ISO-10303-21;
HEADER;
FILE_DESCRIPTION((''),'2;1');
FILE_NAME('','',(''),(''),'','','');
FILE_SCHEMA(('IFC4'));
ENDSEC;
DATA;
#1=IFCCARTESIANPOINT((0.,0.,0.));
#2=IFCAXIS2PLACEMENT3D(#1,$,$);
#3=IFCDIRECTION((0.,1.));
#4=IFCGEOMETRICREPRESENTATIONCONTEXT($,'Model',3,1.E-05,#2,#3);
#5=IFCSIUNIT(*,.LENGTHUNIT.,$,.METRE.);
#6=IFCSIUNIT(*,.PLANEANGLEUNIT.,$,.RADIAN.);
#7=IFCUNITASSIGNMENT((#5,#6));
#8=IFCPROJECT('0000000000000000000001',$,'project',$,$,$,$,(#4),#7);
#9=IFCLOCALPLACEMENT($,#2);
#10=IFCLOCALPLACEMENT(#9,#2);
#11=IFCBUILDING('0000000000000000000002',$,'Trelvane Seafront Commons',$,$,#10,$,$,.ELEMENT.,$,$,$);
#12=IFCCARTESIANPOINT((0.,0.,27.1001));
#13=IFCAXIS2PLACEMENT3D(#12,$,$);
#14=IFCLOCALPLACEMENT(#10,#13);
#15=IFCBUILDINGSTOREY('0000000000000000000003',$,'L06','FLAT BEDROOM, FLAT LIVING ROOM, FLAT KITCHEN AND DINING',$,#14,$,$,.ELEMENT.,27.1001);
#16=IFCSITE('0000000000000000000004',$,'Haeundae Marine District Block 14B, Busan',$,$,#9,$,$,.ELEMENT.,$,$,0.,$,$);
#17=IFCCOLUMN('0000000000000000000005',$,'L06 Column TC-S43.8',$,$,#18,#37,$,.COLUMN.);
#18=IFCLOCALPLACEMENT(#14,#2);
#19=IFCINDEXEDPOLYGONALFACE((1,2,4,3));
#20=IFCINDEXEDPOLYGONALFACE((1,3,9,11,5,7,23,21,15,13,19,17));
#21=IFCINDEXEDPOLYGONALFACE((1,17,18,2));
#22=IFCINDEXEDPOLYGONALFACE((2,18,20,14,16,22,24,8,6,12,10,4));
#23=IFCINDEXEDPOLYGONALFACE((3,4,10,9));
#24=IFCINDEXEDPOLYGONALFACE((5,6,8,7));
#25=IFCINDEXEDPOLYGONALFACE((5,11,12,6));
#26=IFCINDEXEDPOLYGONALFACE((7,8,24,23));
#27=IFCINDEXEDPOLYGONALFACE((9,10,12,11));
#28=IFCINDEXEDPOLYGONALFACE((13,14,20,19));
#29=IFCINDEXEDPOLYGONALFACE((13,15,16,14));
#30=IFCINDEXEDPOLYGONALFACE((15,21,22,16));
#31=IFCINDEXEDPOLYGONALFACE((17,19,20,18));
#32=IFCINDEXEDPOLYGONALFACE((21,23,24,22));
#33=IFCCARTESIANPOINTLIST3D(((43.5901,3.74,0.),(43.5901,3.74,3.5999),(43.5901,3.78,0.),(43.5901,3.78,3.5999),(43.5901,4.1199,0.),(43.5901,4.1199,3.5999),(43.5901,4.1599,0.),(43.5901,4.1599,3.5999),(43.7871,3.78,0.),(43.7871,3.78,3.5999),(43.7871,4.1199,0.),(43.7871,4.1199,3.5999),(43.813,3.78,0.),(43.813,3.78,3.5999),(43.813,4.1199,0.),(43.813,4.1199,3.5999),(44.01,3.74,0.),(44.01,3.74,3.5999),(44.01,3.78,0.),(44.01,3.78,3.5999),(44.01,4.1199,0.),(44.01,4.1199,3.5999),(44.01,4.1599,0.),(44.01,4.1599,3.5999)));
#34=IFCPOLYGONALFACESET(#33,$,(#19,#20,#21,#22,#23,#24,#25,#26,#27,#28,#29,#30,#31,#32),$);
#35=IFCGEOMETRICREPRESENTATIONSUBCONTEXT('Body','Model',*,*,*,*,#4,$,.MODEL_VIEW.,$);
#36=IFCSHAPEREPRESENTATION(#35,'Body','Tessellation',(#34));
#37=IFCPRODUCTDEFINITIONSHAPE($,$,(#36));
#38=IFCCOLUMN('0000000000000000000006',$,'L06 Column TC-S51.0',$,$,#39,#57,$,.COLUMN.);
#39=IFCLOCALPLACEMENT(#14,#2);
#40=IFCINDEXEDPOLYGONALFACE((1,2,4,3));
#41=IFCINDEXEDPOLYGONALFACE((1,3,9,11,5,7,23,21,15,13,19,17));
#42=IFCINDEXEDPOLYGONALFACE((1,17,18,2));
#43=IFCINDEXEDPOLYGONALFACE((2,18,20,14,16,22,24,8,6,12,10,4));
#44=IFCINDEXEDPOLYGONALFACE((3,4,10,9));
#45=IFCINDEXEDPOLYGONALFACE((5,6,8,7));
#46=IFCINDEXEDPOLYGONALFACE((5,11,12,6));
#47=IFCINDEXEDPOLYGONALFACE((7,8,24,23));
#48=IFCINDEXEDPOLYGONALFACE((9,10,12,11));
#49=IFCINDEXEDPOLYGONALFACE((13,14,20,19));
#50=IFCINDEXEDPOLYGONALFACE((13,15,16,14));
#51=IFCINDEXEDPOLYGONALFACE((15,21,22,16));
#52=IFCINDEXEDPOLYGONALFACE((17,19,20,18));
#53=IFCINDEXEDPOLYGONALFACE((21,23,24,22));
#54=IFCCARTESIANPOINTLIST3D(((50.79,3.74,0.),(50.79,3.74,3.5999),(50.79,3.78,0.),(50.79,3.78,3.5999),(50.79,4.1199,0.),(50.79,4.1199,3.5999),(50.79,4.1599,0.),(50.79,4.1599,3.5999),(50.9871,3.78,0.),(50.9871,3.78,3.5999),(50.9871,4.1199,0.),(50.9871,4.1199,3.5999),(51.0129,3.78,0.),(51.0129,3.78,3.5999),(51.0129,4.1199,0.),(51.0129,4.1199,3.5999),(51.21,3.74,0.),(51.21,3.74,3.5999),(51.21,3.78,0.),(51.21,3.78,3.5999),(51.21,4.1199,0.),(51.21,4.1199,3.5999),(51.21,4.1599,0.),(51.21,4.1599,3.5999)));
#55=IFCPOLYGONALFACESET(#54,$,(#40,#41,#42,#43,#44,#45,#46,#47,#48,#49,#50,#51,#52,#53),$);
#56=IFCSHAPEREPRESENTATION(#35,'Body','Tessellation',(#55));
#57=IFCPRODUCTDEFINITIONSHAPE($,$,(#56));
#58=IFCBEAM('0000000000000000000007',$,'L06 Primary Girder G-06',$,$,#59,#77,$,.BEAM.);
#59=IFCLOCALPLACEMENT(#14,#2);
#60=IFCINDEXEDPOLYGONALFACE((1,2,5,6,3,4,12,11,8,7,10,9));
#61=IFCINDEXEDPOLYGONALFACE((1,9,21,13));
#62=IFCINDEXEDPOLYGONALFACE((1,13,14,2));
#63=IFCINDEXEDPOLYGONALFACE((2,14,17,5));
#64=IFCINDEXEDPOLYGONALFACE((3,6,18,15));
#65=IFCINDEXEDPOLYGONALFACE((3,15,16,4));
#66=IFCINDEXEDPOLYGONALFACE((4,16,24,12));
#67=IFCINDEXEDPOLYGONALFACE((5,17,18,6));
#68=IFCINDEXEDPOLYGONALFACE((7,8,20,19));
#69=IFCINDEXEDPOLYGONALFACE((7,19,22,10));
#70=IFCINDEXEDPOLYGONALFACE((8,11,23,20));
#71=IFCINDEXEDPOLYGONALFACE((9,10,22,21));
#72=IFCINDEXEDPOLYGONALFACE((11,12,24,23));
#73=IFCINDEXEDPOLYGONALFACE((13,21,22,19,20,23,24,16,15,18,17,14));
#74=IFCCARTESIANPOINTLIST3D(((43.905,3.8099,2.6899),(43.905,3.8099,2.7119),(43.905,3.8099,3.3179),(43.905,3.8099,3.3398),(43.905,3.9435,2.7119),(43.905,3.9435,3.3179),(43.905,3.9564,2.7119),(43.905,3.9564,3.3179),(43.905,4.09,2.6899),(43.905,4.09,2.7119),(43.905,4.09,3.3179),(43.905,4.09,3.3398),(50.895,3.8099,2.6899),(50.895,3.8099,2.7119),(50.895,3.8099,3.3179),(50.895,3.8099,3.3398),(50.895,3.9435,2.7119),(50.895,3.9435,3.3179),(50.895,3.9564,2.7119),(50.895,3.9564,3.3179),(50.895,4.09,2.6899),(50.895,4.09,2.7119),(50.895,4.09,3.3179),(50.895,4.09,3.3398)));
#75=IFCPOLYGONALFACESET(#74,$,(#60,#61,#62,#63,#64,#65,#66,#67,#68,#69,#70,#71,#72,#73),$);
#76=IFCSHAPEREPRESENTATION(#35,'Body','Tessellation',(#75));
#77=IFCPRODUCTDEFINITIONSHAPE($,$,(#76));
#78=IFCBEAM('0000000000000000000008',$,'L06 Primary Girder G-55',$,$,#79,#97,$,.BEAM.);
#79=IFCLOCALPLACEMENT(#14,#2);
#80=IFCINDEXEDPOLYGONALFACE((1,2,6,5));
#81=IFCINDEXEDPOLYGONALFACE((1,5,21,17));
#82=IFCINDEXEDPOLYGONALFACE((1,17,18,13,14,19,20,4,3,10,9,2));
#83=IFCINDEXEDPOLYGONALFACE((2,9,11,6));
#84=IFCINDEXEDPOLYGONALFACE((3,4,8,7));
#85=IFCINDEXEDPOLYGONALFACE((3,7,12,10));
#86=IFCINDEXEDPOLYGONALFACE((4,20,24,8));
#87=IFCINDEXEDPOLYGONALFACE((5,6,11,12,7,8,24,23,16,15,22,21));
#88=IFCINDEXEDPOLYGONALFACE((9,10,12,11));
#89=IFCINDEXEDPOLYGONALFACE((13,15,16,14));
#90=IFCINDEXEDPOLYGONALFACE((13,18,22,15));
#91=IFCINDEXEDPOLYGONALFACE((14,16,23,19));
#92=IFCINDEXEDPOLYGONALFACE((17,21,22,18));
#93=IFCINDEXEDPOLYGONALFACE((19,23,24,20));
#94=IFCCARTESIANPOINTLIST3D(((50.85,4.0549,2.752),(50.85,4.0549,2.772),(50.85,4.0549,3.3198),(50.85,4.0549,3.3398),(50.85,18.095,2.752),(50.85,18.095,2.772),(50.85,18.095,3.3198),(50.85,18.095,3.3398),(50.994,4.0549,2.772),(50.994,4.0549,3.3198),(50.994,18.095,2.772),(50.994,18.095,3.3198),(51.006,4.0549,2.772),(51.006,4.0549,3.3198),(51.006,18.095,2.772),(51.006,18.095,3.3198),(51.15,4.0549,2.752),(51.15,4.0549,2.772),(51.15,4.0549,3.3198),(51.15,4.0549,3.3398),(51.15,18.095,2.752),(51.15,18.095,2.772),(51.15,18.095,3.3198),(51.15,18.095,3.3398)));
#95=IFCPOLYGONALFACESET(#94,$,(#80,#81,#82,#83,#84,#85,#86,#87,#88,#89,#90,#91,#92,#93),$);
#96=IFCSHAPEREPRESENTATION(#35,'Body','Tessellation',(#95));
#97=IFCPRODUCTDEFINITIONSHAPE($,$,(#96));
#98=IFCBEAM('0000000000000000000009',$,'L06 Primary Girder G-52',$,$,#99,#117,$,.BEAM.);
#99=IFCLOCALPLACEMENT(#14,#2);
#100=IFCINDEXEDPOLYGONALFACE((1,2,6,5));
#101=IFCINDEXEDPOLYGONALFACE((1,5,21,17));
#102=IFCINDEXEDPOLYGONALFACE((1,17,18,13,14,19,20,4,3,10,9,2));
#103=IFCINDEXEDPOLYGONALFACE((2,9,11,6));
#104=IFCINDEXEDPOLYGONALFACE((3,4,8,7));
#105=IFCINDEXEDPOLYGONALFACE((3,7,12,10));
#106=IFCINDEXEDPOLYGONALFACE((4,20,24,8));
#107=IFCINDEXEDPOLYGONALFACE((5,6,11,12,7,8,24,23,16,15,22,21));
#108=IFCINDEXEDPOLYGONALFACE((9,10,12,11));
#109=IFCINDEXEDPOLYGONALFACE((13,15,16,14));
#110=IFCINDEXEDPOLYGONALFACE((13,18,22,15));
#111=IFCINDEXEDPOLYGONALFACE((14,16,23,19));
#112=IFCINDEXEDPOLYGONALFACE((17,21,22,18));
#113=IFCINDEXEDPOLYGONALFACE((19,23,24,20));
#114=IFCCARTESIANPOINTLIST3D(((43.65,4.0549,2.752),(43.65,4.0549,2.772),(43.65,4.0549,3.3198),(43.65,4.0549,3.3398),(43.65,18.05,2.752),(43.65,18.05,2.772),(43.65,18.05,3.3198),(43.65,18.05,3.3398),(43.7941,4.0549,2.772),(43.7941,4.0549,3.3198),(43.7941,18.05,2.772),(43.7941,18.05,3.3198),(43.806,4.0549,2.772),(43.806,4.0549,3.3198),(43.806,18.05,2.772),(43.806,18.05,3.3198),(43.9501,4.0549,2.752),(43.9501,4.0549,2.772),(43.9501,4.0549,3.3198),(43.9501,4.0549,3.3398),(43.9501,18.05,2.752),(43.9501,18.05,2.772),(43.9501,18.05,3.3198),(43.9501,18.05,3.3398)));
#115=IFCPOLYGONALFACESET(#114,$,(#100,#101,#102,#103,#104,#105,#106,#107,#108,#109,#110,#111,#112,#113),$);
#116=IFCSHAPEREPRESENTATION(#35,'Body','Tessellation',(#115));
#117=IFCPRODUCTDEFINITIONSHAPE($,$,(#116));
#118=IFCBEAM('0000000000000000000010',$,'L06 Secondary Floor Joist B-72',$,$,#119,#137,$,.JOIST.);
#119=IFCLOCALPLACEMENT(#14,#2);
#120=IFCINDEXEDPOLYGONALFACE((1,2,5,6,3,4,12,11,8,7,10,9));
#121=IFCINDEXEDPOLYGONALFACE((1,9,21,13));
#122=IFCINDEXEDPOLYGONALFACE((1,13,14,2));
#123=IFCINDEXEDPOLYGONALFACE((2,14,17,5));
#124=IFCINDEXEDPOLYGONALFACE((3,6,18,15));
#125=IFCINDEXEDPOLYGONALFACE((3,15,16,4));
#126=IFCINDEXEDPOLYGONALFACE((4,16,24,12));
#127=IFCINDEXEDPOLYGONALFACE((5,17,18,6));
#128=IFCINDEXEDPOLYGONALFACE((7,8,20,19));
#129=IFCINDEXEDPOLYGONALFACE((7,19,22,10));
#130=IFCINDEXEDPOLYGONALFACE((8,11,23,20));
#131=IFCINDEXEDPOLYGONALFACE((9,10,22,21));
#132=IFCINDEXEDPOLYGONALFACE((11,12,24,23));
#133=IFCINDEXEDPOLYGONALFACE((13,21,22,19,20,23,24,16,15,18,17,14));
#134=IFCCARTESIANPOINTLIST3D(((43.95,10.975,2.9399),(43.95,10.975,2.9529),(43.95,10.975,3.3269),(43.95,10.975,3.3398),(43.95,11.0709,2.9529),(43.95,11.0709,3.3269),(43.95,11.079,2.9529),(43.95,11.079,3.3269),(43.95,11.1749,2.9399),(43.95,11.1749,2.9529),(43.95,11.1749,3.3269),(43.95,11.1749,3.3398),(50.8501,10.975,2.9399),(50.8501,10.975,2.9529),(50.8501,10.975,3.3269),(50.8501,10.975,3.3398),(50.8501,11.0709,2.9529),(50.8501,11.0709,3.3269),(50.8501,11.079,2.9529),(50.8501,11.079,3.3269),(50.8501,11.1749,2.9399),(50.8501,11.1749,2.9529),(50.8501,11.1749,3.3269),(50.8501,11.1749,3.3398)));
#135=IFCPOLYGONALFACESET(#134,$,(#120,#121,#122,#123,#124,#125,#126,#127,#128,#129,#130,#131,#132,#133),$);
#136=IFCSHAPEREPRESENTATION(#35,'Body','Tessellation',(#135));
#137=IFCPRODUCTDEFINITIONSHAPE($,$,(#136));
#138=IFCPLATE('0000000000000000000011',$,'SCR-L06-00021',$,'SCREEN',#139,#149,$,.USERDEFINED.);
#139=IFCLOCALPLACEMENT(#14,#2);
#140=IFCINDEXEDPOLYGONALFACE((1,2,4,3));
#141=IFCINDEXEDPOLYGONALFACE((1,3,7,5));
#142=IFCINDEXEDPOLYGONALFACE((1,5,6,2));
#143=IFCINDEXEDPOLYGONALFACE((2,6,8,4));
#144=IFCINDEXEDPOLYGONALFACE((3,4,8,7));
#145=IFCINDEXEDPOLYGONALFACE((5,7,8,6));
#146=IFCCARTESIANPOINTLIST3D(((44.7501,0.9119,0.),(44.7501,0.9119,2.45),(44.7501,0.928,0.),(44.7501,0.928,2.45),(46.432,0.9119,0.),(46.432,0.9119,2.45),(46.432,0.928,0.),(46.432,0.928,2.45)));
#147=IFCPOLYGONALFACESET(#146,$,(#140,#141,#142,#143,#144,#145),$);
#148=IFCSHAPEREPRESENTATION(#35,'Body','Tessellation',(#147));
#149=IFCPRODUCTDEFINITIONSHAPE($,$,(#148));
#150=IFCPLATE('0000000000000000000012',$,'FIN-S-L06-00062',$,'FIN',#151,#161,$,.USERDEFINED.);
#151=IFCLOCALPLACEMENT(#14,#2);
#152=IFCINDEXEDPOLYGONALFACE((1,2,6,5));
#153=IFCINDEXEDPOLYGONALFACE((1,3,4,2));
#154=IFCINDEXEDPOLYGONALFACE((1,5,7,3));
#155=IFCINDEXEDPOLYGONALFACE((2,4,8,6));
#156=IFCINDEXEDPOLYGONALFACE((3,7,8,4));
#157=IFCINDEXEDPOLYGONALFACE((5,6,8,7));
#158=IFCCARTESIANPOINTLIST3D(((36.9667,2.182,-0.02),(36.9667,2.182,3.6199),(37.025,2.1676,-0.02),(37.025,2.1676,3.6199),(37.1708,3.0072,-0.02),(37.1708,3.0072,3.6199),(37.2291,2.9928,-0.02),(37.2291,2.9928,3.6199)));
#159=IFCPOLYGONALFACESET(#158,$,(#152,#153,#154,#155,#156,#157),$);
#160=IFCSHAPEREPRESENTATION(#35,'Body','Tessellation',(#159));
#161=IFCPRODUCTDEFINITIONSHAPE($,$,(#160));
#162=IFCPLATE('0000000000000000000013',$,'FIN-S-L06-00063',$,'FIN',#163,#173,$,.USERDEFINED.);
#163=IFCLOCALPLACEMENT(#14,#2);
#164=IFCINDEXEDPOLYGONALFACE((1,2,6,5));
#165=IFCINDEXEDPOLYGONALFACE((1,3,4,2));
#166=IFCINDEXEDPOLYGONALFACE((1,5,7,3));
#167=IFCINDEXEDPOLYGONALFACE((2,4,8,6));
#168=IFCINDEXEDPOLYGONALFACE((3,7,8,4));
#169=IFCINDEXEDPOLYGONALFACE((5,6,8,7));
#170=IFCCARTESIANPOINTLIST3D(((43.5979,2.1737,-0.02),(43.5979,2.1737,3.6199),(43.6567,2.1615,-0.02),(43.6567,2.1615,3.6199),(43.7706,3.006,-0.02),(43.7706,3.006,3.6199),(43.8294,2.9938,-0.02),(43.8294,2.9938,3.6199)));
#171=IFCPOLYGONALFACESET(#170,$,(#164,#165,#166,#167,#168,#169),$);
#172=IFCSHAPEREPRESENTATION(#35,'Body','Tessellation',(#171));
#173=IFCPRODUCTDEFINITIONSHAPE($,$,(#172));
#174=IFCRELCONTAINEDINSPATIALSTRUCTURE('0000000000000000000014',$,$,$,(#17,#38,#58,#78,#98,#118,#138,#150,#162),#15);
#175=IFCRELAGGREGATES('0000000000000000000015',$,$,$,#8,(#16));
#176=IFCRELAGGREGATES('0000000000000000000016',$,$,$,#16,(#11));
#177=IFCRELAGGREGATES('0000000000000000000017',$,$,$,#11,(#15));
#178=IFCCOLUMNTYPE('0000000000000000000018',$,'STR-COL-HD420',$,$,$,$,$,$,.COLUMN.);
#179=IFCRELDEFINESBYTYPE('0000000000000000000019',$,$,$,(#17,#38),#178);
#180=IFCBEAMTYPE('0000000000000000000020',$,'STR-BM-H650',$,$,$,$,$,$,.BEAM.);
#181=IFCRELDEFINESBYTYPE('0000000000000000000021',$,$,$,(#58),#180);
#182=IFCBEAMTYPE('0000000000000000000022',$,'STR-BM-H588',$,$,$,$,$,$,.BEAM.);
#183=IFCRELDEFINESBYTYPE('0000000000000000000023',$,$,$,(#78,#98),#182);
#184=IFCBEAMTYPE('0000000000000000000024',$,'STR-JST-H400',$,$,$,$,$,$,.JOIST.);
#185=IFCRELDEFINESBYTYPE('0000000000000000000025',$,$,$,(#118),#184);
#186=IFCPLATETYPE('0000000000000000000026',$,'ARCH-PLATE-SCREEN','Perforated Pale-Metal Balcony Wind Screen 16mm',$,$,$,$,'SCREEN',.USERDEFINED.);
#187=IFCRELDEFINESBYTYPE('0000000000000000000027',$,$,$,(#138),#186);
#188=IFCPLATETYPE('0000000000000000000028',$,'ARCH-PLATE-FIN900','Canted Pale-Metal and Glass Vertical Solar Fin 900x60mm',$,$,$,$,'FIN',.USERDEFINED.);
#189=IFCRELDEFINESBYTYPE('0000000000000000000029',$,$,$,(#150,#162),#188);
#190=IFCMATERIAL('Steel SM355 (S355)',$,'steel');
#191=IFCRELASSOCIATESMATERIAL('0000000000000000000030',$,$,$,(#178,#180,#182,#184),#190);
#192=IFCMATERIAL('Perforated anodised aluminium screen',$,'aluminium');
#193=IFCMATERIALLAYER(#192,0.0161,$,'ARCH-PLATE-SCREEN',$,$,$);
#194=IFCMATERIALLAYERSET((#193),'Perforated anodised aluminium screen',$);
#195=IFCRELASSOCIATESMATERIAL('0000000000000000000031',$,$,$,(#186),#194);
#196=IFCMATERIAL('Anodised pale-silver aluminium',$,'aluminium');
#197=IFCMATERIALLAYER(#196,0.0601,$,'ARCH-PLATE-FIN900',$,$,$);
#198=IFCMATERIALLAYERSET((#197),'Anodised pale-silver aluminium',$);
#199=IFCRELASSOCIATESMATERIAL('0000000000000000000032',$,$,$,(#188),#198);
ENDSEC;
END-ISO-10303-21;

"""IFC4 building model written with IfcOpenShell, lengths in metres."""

from ifc_helpers import new_model, si_unit, direction, frame, origin, origin_2d, place, context, subcontext, project, spatial, rectangle, i_section, extrude, source, transform, mapped, material, layer, layer_set, material_profile, profile_set, type_object, element, save


model = new_model("IFC4")

# Units and contexts
model_context = context("Model", 3, precision=1e-05, world=origin(), true_north=direction((0.0, 1.0)))
body_context = subcontext(model_context, "Body", "Model", "MODEL_VIEW")
ifc_project = project(units=[si_unit("LENGTHUNIT", "METRE"), si_unit("PLANEANGLEUNIT", "RADIAN")], contexts=[model_context])

# Site, building, storey
site_placement = place(None, origin())
site = spatial("IfcSite", under=ifc_project, at=site_placement, Name="Haeundae Marine District Block 14B, Busan", CompositionType="ELEMENT", RefElevation=0.0)
building_placement = place(site_placement, origin())
building = spatial("IfcBuilding", under=site, at=building_placement, Name="Trelvane Seafront Commons", CompositionType="ELEMENT")
storey_placement = place(building_placement, frame((0.0, 0.0, 27.1001)))
storey = spatial("IfcBuildingStorey", under=building, at=storey_placement, Name="L06", Description="FLAT BEDROOM, FLAT LIVING ROOM, FLAT KITCHEN AND DINING", CompositionType="ELEMENT", Elevation=27.1001)

# Columns
ifc_material_1 = material(Name="Steel SM355 (S355)", Category="steel")
ifc_material_profile_1 = material_profile(ifc_material_1, i_section(OverallWidth=0.4199, OverallDepth=0.4199, WebThickness=0.0259, FlangeThickness=0.04, at=origin_2d()), Name="HD-420x420x26x40")
ifc_profile_set_1 = profile_set([ifc_material_profile_1], Name="Steel SM355 (S355)")
column_type = type_object("IfcColumnType", Name="STR-COL-HD420", PredefinedType="COLUMN", material=ifc_profile_set_1)
shared_shape_1 = source(origin(), body_context, "Body", "SweptSolid", [
    extrude(i_section(OverallWidth=0.4199, OverallDepth=0.4199, WebThickness=0.0259, FlangeThickness=0.04, at=origin_2d()), origin(), (0.0, 0.0, 1.0), 3.5999),
])
for number, where, z_axis, x_axis, name in (
    (1, (43.8, 3.95, 0.0), (0.0, 0.0, 1.0), (1.0, 0.0, 0.0), "L06 Column TC-S43.8"),
    (2, (51.0, 3.95, 0.0), (0.0, 0.0, 1.0), (1.0, 0.0, 0.0), "L06 Column TC-S51.0"),
):
    element("IfcColumn", number, at=place(storey_placement, frame(where, z_axis=z_axis, x_axis=x_axis)), inside=storey, type_object=column_type, Name=name, PredefinedType="COLUMN", context=body_context, shape_type="MappedRepresentation", body=[
        mapped(shared_shape_1, transform((0.0, 0.0, 0.0), x_axis=(1.0, 0.0, 0.0), y_axis=(0.0, 1.0, 0.0), z_axis=(0.0, 0.0, 1.0), scale=1.0)),
    ])

# Beams
ifc_material_profile_2 = material_profile(ifc_material_1, i_section(OverallWidth=0.28, OverallDepth=0.6499, WebThickness=0.0129, FlangeThickness=0.022, at=origin_2d()), Name="H-650x280x13x22")
ifc_profile_set_2 = profile_set([ifc_material_profile_2], Name="Steel SM355 (S355)")
beam_type_1 = type_object("IfcBeamType", Name="STR-BM-H650", PredefinedType="BEAM", material=ifc_profile_set_2)
shared_shape_2 = source(origin(), body_context, "Body", "SweptSolid", [
    extrude(i_section(OverallWidth=0.28, OverallDepth=0.6499, WebThickness=0.0129, FlangeThickness=0.022, at=origin_2d()), origin(), (0.0, 0.0, 1.0), 6.99),
])
beam_1_placement = place(storey_placement, frame((43.905, 3.95, 3.0149), z_axis=(1.0, 0.0, 0.0), x_axis=(0.0, 1.0, 0.0)))
element("IfcBeam", 3, at=beam_1_placement, inside=storey, type_object=beam_type_1, Name="L06 Primary Girder G-06", PredefinedType="BEAM", context=body_context, shape_type="MappedRepresentation", body=[
    mapped(shared_shape_2, transform((0.0, 0.0, 0.0), x_axis=(1.0, 0.0, 0.0), y_axis=(0.0, 1.0, 0.0), z_axis=(0.0, 0.0, 1.0), scale=1.0)),
])
ifc_material_profile_3 = material_profile(ifc_material_1, i_section(OverallWidth=0.3, OverallDepth=0.5879, WebThickness=0.012, FlangeThickness=0.02, at=origin_2d()), Name="H-588x300x12x20")
ifc_profile_set_3 = profile_set([ifc_material_profile_3], Name="Steel SM355 (S355)")
beam_type_2 = type_object("IfcBeamType", Name="STR-BM-H588", PredefinedType="BEAM", material=ifc_profile_set_3)
shared_shape_3 = source(origin(), body_context, "Body", "SweptSolid", [
    extrude(i_section(OverallWidth=0.3, OverallDepth=0.5879, WebThickness=0.012, FlangeThickness=0.02, at=origin_2d()), origin(), (0.0, 0.0, 1.0), 14.04),
])
beam_2_placement = place(storey_placement, frame((51.0, 4.0549, 3.0459), z_axis=(0.0, 1.0, 0.0), x_axis=(-1.0, 0.0, 0.0)))
element("IfcBeam", 4, at=beam_2_placement, inside=storey, type_object=beam_type_2, Name="L06 Primary Girder G-55", PredefinedType="BEAM", context=body_context, shape_type="MappedRepresentation", body=[
    mapped(shared_shape_3, transform((0.0, 0.0, 0.0), x_axis=(1.0, 0.0, 0.0), y_axis=(0.0, 1.0, 0.0), z_axis=(0.0, 0.0, 1.0), scale=1.0)),
])
shared_shape_4 = source(origin(), body_context, "Body", "SweptSolid", [
    extrude(i_section(OverallWidth=0.3, OverallDepth=0.5879, WebThickness=0.012, FlangeThickness=0.02, at=origin_2d()), origin(), (0.0, 0.0, 1.0), 13.9951),
])
beam_3_placement = place(storey_placement, frame((43.8, 4.0549, 3.0459), z_axis=(0.0, 1.0, 0.0), x_axis=(-1.0, 0.0, 0.0)))
element("IfcBeam", 5, at=beam_3_placement, inside=storey, type_object=beam_type_2, Name="L06 Primary Girder G-52", PredefinedType="BEAM", context=body_context, shape_type="MappedRepresentation", body=[
    mapped(shared_shape_4, transform((0.0, 0.0, 0.0), x_axis=(1.0, 0.0, 0.0), y_axis=(0.0, 1.0, 0.0), z_axis=(0.0, 0.0, 1.0), scale=1.0)),
])
ifc_material_profile_4 = material_profile(ifc_material_1, i_section(OverallWidth=0.2, OverallDepth=0.3999, WebThickness=0.0081, FlangeThickness=0.0129, at=origin_2d()), Name="H-400x200x8x13")
ifc_profile_set_4 = profile_set([ifc_material_profile_4], Name="Steel SM355 (S355)")
beam_type_3 = type_object("IfcBeamType", Name="STR-JST-H400", PredefinedType="JOIST", material=ifc_profile_set_4)
shared_shape_5 = source(origin(), body_context, "Body", "SweptSolid", [
    extrude(i_section(OverallWidth=0.2, OverallDepth=0.3999, WebThickness=0.0081, FlangeThickness=0.0129, at=origin_2d()), origin(), (0.0, 0.0, 1.0), 6.9001),
])
beam_4_placement = place(storey_placement, frame((43.95, 11.075, 3.1399), z_axis=(1.0, 0.0, 0.0), x_axis=(0.0, 1.0, 0.0)))
element("IfcBeam", 6, at=beam_4_placement, inside=storey, type_object=beam_type_3, Name="L06 Secondary Floor Joist B-72", PredefinedType="JOIST", context=body_context, shape_type="MappedRepresentation", body=[
    mapped(shared_shape_5, transform((0.0, 0.0, 0.0), x_axis=(1.0, 0.0, 0.0), y_axis=(0.0, 1.0, 0.0), z_axis=(0.0, 0.0, 1.0), scale=1.0)),
])

# Plates
ifc_material_2 = material(Name="Perforated anodised aluminium screen", Category="aluminium")
ifc_layer_1 = layer(ifc_material_2, 0.0161, Name="ARCH-PLATE-SCREEN")
ifc_layer_set_1 = layer_set([ifc_layer_1], Name="Perforated anodised aluminium screen")
plate_type_1 = type_object("IfcPlateType", Name="ARCH-PLATE-SCREEN", Description="Perforated Pale-Metal Balcony Wind Screen 16mm", ElementType="SCREEN", PredefinedType="USERDEFINED", material=ifc_layer_set_1)
shared_shape_6 = source(origin(), body_context, "Body", "SweptSolid", [
    extrude(rectangle(XDim=1.6819, YDim=0.0161, at=origin_2d()), origin(), (0.0, 0.0, 1.0), 2.45),
])
plate_1_placement = place(storey_placement, frame((45.5911, 0.9199, 0.0), z_axis=(0.0, 0.0, 1.0), x_axis=(1.0, 0.0, 0.0)))
element("IfcPlate", 7, at=plate_1_placement, inside=storey, type_object=plate_type_1, Name="SCR-L06-00021", ObjectType="SCREEN", PredefinedType="USERDEFINED", context=body_context, shape_type="MappedRepresentation", body=[
    mapped(shared_shape_6, transform((0.0, 0.0, 0.0), x_axis=(1.0, 0.0, 0.0), y_axis=(0.0, 1.0, 0.0), z_axis=(0.0, 0.0, 1.0), scale=1.0)),
])
ifc_material_3 = material(Name="Anodised pale-silver aluminium", Category="aluminium")
ifc_layer_2 = layer(ifc_material_3, 0.0601, Name="ARCH-PLATE-FIN900")
ifc_layer_set_2 = layer_set([ifc_layer_2], Name="Anodised pale-silver aluminium")
plate_type_2 = type_object("IfcPlateType", Name="ARCH-PLATE-FIN900", Description="Canted Pale-Metal and Glass Vertical Solar Fin 900x60mm", ElementType="FIN", PredefinedType="USERDEFINED", material=ifc_layer_set_2)
shared_shape_7 = source(origin(), body_context, "Body", "SweptSolid", [
    extrude(rectangle(XDim=0.8501, YDim=0.0601, at=origin_2d()), origin(), (0.0, 0.0, 1.0), 3.6399),
])
for number, where, z_axis, x_axis, name in (
    (8, (37.0979, 2.5874, -0.02), (0.0, 0.0, 1.0), (-0.240126, -0.970742, 0.0), "FIN-S-L06-00062"),
    (9, (43.7136, 2.5837, -0.02), (0.0, 0.0, 1.0), (-0.20317, -0.979143, 0.0), "FIN-S-L06-00063"),
):
    element("IfcPlate", number, at=place(storey_placement, frame(where, z_axis=z_axis, x_axis=x_axis)), inside=storey, type_object=plate_type_2, Name=name, ObjectType="FIN", PredefinedType="USERDEFINED", context=body_context, shape_type="MappedRepresentation", body=[
        mapped(shared_shape_7, transform((0.0, 0.0, 0.0), x_axis=(1.0, 0.0, 0.0), y_axis=(0.0, 1.0, 0.0), z_axis=(0.0, 0.0, 1.0), scale=1.0)),
    ])

save(model, "model.ifc")
